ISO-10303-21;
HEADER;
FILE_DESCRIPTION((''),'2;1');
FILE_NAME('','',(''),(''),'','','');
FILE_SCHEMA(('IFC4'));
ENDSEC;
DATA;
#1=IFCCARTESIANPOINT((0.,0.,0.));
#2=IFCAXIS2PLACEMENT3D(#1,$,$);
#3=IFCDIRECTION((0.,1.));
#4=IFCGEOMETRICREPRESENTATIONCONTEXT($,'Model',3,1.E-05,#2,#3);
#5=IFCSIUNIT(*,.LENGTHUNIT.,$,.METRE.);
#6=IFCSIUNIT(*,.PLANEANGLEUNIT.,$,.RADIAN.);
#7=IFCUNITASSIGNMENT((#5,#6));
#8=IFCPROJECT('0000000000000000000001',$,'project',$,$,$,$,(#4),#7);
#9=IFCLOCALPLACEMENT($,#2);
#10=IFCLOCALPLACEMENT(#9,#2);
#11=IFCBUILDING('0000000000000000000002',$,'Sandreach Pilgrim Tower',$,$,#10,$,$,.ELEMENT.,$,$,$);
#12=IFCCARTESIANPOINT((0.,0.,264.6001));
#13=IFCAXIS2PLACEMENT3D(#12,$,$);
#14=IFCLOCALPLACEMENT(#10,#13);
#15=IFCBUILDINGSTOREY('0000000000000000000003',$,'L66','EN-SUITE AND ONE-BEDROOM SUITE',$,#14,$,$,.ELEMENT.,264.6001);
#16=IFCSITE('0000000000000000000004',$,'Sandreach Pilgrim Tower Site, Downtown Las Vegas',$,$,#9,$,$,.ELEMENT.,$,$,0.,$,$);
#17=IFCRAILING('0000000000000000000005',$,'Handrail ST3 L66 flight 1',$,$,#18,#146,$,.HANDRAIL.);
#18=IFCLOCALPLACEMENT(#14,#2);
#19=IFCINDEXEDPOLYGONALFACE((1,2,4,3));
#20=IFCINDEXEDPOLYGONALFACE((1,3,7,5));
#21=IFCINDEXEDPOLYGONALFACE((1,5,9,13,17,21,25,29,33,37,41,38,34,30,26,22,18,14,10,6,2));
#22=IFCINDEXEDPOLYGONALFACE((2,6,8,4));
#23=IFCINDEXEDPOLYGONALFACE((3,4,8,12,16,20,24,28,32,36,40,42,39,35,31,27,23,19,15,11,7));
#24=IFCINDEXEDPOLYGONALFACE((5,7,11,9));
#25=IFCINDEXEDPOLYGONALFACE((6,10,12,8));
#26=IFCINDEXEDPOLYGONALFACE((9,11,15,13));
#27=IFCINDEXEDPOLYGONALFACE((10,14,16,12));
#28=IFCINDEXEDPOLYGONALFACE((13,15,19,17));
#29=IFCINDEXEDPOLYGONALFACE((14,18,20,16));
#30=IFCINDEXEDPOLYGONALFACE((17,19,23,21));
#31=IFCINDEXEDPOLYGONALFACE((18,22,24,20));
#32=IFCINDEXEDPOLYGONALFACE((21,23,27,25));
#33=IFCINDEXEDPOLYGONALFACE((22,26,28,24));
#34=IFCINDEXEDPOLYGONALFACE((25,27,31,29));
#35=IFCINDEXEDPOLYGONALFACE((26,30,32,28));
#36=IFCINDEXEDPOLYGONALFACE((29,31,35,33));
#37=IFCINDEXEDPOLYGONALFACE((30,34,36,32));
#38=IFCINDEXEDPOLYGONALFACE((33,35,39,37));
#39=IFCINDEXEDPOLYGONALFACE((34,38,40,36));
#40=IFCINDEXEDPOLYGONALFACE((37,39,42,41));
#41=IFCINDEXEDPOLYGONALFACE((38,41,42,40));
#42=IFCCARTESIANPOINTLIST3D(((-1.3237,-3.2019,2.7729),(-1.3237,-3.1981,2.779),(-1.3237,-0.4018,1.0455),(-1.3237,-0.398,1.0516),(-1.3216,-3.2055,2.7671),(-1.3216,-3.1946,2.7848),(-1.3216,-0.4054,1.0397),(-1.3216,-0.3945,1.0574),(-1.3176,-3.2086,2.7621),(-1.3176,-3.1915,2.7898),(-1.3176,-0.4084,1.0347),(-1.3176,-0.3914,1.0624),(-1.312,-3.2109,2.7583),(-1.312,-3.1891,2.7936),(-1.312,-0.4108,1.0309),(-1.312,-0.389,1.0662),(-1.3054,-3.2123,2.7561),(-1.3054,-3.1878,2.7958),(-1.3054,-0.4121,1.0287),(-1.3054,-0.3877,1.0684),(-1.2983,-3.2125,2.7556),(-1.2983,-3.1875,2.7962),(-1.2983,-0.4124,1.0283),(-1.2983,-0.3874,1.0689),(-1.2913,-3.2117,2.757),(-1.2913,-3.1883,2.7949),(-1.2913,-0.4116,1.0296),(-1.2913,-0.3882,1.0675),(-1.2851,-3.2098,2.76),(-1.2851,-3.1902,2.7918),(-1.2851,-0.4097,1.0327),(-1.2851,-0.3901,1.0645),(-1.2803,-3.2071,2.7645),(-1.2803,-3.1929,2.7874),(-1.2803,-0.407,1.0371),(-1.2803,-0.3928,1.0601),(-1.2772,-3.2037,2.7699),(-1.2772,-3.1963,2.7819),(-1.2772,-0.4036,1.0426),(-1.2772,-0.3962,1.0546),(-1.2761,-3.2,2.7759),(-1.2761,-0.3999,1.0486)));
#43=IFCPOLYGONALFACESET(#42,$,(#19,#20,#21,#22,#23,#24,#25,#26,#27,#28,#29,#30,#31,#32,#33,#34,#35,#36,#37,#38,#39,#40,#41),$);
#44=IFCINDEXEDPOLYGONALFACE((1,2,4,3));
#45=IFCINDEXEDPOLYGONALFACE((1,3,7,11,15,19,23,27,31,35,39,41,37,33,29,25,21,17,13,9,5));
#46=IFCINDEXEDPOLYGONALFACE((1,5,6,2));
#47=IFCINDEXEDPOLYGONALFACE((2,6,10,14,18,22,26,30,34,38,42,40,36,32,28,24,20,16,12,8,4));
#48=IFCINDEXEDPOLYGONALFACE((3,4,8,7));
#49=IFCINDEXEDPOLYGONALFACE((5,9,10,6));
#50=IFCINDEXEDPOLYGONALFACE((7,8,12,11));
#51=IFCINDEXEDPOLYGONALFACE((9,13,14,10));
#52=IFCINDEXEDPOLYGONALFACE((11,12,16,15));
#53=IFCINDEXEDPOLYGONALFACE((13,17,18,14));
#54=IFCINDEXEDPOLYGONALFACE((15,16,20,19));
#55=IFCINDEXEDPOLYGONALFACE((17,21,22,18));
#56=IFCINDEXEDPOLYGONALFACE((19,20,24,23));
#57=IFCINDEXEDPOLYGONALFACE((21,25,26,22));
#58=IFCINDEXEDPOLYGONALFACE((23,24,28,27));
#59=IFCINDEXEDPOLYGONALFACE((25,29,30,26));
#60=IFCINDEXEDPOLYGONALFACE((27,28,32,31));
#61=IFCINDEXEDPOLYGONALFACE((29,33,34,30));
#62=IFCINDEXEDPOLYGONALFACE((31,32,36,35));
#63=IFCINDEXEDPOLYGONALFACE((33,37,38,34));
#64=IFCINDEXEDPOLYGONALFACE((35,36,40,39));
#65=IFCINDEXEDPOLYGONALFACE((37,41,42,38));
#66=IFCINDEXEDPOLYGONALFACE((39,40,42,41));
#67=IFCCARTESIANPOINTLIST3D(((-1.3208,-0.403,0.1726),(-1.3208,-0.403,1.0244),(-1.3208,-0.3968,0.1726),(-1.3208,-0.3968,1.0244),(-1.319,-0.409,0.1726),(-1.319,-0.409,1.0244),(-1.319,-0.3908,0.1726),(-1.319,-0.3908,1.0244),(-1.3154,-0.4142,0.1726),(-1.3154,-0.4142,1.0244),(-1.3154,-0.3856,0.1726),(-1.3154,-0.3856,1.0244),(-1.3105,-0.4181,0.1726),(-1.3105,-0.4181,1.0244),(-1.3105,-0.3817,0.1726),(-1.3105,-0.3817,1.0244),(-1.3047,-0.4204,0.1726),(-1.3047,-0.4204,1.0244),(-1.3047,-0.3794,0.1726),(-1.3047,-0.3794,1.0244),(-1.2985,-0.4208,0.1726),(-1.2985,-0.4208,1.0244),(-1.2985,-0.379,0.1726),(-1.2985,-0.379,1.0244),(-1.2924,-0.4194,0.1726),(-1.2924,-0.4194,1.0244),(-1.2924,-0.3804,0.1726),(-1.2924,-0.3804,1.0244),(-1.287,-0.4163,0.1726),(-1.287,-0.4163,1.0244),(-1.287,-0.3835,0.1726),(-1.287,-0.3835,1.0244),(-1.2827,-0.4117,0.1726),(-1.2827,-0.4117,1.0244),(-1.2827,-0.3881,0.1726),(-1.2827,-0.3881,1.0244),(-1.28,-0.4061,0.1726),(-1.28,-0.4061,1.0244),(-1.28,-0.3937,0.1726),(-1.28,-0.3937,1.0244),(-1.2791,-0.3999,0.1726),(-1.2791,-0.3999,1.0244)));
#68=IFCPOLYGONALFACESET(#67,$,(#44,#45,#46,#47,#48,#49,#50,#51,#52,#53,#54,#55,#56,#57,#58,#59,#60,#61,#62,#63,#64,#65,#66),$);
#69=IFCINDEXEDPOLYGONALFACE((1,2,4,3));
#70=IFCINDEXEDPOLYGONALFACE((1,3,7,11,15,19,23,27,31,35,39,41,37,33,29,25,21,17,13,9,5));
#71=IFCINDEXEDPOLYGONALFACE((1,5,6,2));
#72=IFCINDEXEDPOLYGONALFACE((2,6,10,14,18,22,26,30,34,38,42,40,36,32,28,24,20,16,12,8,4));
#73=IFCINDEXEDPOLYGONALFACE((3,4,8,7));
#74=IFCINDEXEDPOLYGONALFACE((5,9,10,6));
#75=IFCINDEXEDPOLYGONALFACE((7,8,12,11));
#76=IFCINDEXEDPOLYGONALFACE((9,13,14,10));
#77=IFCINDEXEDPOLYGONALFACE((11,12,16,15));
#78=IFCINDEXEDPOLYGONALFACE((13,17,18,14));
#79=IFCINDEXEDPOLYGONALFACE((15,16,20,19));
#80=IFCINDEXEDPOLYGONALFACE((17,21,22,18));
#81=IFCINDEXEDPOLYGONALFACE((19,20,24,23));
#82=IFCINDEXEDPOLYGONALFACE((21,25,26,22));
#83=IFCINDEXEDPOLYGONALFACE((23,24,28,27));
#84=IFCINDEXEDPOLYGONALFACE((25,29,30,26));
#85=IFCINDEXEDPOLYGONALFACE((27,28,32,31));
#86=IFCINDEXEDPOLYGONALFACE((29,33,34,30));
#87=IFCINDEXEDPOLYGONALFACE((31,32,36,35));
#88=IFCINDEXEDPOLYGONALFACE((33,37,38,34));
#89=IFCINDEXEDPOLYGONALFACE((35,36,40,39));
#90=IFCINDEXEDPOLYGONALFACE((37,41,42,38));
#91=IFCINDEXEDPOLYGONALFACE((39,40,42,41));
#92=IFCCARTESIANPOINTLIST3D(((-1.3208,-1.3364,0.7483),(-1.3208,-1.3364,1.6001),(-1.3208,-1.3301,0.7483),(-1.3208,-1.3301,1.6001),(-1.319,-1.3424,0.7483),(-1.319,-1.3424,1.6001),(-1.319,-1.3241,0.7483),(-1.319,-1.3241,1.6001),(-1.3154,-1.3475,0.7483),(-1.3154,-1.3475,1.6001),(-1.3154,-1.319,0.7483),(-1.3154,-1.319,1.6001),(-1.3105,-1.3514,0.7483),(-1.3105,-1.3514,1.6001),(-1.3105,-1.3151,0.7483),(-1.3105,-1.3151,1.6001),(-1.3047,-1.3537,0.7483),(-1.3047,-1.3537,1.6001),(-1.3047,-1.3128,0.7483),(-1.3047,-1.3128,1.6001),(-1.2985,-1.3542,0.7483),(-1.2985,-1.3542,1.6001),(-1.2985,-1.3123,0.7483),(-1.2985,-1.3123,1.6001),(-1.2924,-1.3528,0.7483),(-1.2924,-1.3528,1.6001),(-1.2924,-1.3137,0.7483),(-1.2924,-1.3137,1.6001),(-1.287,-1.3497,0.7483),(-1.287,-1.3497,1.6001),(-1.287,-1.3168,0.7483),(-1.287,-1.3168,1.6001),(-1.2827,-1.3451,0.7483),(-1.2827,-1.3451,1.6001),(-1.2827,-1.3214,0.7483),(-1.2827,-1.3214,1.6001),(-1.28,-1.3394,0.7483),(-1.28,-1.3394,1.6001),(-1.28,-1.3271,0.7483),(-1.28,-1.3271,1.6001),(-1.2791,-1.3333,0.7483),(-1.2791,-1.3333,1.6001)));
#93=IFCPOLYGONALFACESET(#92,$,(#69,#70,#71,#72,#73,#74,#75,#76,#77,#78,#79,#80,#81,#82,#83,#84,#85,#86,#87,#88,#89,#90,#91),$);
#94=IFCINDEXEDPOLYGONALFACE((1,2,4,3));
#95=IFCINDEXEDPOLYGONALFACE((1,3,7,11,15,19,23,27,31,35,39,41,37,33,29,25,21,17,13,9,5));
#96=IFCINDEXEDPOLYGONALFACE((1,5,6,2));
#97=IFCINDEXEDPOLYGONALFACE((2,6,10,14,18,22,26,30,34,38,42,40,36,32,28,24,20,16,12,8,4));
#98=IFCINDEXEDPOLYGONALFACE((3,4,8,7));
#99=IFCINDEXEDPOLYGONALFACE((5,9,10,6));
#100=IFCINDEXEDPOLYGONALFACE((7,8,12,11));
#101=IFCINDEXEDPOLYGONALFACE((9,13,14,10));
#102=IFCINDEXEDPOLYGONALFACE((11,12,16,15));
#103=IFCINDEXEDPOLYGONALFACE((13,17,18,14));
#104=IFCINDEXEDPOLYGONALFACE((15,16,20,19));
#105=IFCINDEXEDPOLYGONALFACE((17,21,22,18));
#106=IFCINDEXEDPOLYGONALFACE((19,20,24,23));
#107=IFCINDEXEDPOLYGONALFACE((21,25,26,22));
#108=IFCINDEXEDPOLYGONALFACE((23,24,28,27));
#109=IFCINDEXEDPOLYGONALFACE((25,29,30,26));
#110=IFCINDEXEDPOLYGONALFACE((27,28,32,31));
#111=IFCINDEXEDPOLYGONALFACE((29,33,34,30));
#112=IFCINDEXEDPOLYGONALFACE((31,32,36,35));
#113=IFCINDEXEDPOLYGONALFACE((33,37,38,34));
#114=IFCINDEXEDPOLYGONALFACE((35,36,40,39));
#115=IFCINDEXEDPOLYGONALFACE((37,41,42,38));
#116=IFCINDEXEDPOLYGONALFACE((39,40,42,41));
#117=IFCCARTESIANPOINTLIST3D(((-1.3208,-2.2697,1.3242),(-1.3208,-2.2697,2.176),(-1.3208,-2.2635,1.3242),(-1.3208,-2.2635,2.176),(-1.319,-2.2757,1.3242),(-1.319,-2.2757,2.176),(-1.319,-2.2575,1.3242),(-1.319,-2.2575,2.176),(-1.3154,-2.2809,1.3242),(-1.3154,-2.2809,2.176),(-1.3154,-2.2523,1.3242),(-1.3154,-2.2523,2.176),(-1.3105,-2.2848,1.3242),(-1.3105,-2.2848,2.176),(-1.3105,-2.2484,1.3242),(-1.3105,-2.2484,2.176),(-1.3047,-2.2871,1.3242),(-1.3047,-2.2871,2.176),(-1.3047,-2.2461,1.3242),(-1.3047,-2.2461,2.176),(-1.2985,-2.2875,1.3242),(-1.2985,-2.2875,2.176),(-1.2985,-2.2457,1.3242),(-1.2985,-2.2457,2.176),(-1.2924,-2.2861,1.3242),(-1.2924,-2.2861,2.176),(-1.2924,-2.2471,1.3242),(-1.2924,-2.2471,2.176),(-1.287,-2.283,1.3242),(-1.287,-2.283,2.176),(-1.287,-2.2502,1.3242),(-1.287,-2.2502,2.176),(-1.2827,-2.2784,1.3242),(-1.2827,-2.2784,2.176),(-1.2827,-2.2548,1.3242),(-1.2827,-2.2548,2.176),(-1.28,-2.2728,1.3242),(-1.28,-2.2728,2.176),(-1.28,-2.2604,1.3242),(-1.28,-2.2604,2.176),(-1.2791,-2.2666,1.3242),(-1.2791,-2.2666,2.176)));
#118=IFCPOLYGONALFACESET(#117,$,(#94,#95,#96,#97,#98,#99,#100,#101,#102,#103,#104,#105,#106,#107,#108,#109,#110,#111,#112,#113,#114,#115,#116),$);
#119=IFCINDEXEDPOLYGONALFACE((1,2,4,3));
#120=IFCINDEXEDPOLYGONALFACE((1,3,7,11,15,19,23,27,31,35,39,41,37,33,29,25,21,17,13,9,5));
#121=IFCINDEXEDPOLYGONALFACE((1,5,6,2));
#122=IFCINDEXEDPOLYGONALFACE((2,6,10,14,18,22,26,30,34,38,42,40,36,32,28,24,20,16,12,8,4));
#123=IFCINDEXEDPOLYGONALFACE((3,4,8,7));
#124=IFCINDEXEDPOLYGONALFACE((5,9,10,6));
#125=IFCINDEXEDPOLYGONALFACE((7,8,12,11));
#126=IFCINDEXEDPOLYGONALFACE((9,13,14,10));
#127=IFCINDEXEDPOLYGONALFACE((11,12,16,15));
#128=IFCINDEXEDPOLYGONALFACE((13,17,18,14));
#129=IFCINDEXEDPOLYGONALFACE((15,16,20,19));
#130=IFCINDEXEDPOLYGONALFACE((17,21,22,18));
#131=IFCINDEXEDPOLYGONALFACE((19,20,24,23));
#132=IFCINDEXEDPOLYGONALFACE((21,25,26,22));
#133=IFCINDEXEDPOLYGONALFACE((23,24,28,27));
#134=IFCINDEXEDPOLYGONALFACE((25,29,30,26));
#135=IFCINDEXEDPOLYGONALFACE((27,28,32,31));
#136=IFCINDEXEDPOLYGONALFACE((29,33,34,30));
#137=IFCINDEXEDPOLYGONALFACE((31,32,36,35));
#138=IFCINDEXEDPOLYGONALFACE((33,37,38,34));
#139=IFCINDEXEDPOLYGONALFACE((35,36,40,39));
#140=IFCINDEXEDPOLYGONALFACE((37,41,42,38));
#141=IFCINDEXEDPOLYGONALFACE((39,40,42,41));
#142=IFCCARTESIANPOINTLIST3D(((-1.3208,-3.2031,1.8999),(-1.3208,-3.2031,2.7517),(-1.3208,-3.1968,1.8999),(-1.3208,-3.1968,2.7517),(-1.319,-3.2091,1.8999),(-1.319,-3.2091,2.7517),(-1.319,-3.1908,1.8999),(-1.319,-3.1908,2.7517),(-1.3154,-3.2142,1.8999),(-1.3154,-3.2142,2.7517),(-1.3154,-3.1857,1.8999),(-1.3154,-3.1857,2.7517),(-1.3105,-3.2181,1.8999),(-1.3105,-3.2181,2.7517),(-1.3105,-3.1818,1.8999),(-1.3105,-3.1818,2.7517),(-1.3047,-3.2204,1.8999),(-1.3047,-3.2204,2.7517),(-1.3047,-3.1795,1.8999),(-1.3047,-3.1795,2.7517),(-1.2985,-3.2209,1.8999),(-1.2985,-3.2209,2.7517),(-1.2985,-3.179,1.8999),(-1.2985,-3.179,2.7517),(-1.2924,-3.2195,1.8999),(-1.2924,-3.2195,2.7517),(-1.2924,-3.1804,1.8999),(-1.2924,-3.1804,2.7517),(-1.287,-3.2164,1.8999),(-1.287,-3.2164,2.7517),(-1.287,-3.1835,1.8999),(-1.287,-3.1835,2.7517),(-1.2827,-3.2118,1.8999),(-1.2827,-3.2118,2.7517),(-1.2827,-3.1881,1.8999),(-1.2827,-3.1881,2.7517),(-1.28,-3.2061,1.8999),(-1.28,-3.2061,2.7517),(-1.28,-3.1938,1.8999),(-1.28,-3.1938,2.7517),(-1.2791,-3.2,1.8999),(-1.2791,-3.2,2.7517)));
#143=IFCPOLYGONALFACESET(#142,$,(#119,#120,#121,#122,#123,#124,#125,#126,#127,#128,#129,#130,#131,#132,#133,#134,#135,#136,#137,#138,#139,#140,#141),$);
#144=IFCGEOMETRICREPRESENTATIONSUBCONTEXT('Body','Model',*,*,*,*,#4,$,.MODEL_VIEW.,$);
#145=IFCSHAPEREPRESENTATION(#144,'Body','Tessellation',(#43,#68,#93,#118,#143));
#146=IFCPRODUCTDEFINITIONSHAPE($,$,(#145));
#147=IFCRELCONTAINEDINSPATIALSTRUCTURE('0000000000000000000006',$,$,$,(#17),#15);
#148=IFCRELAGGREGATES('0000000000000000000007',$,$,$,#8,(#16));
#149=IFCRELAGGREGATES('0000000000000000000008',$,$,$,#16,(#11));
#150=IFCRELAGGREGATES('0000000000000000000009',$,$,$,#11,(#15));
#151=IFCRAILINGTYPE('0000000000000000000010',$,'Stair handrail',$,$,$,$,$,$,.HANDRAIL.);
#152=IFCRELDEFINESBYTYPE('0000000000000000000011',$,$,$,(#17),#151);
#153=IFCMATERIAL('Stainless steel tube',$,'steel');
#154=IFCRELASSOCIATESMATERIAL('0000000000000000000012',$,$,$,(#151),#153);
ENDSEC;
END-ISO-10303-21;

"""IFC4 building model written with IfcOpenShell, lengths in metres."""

from ifc_helpers import new_model, si_unit, direction, frame, origin, origin_2d, place, context, subcontext, project, spatial, circle, extrude, material, type_object, element, save


model = new_model("IFC4")

# Units and contexts
model_context = context("Model", 3, precision=1e-05, world=origin(), true_north=direction((0.0, 1.0)))
body_context = subcontext(model_context, "Body", "Model", "MODEL_VIEW")
ifc_project = project(units=[si_unit("LENGTHUNIT", "METRE"), si_unit("PLANEANGLEUNIT", "RADIAN")], contexts=[model_context])

# Site, building, storey
site_placement = place(None, origin())
site = spatial("IfcSite", under=ifc_project, at=site_placement, Name="Sandreach Pilgrim Tower Site, Downtown Las Vegas", CompositionType="ELEMENT", RefElevation=0.0)
building_placement = place(site_placement, origin())
building = spatial("IfcBuilding", under=site, at=building_placement, Name="Sandreach Pilgrim Tower", CompositionType="ELEMENT")
storey_placement = place(building_placement, frame((0.0, 0.0, 264.6001)))
storey = spatial("IfcBuildingStorey", under=building, at=storey_placement, Name="L66", Description="EN-SUITE AND ONE-BEDROOM SUITE", CompositionType="ELEMENT", Elevation=264.6001)

# Railing
ifc_material_1 = material(Name="Stainless steel tube", Category="steel")
railing_type = type_object("IfcRailingType", Name="Stair handrail", PredefinedType="HANDRAIL", material=ifc_material_1)
for number, where, name in (
    (1, (-1.3, -0.3999, 0.1726), "Handrail ST3 L66 flight 1"),
):
    element("IfcRailing", number, at=place(storey_placement, frame(where)), inside=storey, type_object=railing_type, Name=name, PredefinedType="HANDRAIL", context=body_context, shape_type="SweptSolid", body=[
        extrude(circle(Radius=0.0239, at=origin_2d()), frame((0.0, 0.0, 0.876), z_axis=(0.0, -0.85109, 0.52502), x_axis=(1.0, 0.0, 0.0)), (0.0, 0.0, 1.0), 3.29),
        extrude(circle(Radius=0.021, at=origin_2d()), origin(), (0.0, 0.0, 1.0), 0.8518),
        extrude(circle(Radius=0.021, at=origin_2d()), frame((0.0, -0.9333, 0.5757)), (0.0, 0.0, 1.0), 0.8518),
        extrude(circle(Radius=0.021, at=origin_2d()), frame((0.0, -1.8667, 1.1516)), (0.0, 0.0, 1.0), 0.8518),
        extrude(circle(Radius=0.021, at=origin_2d()), frame((0.0, -2.8, 1.7273)), (0.0, 0.0, 1.0), 0.8518),
    ])

save(model, "model.ifc")
